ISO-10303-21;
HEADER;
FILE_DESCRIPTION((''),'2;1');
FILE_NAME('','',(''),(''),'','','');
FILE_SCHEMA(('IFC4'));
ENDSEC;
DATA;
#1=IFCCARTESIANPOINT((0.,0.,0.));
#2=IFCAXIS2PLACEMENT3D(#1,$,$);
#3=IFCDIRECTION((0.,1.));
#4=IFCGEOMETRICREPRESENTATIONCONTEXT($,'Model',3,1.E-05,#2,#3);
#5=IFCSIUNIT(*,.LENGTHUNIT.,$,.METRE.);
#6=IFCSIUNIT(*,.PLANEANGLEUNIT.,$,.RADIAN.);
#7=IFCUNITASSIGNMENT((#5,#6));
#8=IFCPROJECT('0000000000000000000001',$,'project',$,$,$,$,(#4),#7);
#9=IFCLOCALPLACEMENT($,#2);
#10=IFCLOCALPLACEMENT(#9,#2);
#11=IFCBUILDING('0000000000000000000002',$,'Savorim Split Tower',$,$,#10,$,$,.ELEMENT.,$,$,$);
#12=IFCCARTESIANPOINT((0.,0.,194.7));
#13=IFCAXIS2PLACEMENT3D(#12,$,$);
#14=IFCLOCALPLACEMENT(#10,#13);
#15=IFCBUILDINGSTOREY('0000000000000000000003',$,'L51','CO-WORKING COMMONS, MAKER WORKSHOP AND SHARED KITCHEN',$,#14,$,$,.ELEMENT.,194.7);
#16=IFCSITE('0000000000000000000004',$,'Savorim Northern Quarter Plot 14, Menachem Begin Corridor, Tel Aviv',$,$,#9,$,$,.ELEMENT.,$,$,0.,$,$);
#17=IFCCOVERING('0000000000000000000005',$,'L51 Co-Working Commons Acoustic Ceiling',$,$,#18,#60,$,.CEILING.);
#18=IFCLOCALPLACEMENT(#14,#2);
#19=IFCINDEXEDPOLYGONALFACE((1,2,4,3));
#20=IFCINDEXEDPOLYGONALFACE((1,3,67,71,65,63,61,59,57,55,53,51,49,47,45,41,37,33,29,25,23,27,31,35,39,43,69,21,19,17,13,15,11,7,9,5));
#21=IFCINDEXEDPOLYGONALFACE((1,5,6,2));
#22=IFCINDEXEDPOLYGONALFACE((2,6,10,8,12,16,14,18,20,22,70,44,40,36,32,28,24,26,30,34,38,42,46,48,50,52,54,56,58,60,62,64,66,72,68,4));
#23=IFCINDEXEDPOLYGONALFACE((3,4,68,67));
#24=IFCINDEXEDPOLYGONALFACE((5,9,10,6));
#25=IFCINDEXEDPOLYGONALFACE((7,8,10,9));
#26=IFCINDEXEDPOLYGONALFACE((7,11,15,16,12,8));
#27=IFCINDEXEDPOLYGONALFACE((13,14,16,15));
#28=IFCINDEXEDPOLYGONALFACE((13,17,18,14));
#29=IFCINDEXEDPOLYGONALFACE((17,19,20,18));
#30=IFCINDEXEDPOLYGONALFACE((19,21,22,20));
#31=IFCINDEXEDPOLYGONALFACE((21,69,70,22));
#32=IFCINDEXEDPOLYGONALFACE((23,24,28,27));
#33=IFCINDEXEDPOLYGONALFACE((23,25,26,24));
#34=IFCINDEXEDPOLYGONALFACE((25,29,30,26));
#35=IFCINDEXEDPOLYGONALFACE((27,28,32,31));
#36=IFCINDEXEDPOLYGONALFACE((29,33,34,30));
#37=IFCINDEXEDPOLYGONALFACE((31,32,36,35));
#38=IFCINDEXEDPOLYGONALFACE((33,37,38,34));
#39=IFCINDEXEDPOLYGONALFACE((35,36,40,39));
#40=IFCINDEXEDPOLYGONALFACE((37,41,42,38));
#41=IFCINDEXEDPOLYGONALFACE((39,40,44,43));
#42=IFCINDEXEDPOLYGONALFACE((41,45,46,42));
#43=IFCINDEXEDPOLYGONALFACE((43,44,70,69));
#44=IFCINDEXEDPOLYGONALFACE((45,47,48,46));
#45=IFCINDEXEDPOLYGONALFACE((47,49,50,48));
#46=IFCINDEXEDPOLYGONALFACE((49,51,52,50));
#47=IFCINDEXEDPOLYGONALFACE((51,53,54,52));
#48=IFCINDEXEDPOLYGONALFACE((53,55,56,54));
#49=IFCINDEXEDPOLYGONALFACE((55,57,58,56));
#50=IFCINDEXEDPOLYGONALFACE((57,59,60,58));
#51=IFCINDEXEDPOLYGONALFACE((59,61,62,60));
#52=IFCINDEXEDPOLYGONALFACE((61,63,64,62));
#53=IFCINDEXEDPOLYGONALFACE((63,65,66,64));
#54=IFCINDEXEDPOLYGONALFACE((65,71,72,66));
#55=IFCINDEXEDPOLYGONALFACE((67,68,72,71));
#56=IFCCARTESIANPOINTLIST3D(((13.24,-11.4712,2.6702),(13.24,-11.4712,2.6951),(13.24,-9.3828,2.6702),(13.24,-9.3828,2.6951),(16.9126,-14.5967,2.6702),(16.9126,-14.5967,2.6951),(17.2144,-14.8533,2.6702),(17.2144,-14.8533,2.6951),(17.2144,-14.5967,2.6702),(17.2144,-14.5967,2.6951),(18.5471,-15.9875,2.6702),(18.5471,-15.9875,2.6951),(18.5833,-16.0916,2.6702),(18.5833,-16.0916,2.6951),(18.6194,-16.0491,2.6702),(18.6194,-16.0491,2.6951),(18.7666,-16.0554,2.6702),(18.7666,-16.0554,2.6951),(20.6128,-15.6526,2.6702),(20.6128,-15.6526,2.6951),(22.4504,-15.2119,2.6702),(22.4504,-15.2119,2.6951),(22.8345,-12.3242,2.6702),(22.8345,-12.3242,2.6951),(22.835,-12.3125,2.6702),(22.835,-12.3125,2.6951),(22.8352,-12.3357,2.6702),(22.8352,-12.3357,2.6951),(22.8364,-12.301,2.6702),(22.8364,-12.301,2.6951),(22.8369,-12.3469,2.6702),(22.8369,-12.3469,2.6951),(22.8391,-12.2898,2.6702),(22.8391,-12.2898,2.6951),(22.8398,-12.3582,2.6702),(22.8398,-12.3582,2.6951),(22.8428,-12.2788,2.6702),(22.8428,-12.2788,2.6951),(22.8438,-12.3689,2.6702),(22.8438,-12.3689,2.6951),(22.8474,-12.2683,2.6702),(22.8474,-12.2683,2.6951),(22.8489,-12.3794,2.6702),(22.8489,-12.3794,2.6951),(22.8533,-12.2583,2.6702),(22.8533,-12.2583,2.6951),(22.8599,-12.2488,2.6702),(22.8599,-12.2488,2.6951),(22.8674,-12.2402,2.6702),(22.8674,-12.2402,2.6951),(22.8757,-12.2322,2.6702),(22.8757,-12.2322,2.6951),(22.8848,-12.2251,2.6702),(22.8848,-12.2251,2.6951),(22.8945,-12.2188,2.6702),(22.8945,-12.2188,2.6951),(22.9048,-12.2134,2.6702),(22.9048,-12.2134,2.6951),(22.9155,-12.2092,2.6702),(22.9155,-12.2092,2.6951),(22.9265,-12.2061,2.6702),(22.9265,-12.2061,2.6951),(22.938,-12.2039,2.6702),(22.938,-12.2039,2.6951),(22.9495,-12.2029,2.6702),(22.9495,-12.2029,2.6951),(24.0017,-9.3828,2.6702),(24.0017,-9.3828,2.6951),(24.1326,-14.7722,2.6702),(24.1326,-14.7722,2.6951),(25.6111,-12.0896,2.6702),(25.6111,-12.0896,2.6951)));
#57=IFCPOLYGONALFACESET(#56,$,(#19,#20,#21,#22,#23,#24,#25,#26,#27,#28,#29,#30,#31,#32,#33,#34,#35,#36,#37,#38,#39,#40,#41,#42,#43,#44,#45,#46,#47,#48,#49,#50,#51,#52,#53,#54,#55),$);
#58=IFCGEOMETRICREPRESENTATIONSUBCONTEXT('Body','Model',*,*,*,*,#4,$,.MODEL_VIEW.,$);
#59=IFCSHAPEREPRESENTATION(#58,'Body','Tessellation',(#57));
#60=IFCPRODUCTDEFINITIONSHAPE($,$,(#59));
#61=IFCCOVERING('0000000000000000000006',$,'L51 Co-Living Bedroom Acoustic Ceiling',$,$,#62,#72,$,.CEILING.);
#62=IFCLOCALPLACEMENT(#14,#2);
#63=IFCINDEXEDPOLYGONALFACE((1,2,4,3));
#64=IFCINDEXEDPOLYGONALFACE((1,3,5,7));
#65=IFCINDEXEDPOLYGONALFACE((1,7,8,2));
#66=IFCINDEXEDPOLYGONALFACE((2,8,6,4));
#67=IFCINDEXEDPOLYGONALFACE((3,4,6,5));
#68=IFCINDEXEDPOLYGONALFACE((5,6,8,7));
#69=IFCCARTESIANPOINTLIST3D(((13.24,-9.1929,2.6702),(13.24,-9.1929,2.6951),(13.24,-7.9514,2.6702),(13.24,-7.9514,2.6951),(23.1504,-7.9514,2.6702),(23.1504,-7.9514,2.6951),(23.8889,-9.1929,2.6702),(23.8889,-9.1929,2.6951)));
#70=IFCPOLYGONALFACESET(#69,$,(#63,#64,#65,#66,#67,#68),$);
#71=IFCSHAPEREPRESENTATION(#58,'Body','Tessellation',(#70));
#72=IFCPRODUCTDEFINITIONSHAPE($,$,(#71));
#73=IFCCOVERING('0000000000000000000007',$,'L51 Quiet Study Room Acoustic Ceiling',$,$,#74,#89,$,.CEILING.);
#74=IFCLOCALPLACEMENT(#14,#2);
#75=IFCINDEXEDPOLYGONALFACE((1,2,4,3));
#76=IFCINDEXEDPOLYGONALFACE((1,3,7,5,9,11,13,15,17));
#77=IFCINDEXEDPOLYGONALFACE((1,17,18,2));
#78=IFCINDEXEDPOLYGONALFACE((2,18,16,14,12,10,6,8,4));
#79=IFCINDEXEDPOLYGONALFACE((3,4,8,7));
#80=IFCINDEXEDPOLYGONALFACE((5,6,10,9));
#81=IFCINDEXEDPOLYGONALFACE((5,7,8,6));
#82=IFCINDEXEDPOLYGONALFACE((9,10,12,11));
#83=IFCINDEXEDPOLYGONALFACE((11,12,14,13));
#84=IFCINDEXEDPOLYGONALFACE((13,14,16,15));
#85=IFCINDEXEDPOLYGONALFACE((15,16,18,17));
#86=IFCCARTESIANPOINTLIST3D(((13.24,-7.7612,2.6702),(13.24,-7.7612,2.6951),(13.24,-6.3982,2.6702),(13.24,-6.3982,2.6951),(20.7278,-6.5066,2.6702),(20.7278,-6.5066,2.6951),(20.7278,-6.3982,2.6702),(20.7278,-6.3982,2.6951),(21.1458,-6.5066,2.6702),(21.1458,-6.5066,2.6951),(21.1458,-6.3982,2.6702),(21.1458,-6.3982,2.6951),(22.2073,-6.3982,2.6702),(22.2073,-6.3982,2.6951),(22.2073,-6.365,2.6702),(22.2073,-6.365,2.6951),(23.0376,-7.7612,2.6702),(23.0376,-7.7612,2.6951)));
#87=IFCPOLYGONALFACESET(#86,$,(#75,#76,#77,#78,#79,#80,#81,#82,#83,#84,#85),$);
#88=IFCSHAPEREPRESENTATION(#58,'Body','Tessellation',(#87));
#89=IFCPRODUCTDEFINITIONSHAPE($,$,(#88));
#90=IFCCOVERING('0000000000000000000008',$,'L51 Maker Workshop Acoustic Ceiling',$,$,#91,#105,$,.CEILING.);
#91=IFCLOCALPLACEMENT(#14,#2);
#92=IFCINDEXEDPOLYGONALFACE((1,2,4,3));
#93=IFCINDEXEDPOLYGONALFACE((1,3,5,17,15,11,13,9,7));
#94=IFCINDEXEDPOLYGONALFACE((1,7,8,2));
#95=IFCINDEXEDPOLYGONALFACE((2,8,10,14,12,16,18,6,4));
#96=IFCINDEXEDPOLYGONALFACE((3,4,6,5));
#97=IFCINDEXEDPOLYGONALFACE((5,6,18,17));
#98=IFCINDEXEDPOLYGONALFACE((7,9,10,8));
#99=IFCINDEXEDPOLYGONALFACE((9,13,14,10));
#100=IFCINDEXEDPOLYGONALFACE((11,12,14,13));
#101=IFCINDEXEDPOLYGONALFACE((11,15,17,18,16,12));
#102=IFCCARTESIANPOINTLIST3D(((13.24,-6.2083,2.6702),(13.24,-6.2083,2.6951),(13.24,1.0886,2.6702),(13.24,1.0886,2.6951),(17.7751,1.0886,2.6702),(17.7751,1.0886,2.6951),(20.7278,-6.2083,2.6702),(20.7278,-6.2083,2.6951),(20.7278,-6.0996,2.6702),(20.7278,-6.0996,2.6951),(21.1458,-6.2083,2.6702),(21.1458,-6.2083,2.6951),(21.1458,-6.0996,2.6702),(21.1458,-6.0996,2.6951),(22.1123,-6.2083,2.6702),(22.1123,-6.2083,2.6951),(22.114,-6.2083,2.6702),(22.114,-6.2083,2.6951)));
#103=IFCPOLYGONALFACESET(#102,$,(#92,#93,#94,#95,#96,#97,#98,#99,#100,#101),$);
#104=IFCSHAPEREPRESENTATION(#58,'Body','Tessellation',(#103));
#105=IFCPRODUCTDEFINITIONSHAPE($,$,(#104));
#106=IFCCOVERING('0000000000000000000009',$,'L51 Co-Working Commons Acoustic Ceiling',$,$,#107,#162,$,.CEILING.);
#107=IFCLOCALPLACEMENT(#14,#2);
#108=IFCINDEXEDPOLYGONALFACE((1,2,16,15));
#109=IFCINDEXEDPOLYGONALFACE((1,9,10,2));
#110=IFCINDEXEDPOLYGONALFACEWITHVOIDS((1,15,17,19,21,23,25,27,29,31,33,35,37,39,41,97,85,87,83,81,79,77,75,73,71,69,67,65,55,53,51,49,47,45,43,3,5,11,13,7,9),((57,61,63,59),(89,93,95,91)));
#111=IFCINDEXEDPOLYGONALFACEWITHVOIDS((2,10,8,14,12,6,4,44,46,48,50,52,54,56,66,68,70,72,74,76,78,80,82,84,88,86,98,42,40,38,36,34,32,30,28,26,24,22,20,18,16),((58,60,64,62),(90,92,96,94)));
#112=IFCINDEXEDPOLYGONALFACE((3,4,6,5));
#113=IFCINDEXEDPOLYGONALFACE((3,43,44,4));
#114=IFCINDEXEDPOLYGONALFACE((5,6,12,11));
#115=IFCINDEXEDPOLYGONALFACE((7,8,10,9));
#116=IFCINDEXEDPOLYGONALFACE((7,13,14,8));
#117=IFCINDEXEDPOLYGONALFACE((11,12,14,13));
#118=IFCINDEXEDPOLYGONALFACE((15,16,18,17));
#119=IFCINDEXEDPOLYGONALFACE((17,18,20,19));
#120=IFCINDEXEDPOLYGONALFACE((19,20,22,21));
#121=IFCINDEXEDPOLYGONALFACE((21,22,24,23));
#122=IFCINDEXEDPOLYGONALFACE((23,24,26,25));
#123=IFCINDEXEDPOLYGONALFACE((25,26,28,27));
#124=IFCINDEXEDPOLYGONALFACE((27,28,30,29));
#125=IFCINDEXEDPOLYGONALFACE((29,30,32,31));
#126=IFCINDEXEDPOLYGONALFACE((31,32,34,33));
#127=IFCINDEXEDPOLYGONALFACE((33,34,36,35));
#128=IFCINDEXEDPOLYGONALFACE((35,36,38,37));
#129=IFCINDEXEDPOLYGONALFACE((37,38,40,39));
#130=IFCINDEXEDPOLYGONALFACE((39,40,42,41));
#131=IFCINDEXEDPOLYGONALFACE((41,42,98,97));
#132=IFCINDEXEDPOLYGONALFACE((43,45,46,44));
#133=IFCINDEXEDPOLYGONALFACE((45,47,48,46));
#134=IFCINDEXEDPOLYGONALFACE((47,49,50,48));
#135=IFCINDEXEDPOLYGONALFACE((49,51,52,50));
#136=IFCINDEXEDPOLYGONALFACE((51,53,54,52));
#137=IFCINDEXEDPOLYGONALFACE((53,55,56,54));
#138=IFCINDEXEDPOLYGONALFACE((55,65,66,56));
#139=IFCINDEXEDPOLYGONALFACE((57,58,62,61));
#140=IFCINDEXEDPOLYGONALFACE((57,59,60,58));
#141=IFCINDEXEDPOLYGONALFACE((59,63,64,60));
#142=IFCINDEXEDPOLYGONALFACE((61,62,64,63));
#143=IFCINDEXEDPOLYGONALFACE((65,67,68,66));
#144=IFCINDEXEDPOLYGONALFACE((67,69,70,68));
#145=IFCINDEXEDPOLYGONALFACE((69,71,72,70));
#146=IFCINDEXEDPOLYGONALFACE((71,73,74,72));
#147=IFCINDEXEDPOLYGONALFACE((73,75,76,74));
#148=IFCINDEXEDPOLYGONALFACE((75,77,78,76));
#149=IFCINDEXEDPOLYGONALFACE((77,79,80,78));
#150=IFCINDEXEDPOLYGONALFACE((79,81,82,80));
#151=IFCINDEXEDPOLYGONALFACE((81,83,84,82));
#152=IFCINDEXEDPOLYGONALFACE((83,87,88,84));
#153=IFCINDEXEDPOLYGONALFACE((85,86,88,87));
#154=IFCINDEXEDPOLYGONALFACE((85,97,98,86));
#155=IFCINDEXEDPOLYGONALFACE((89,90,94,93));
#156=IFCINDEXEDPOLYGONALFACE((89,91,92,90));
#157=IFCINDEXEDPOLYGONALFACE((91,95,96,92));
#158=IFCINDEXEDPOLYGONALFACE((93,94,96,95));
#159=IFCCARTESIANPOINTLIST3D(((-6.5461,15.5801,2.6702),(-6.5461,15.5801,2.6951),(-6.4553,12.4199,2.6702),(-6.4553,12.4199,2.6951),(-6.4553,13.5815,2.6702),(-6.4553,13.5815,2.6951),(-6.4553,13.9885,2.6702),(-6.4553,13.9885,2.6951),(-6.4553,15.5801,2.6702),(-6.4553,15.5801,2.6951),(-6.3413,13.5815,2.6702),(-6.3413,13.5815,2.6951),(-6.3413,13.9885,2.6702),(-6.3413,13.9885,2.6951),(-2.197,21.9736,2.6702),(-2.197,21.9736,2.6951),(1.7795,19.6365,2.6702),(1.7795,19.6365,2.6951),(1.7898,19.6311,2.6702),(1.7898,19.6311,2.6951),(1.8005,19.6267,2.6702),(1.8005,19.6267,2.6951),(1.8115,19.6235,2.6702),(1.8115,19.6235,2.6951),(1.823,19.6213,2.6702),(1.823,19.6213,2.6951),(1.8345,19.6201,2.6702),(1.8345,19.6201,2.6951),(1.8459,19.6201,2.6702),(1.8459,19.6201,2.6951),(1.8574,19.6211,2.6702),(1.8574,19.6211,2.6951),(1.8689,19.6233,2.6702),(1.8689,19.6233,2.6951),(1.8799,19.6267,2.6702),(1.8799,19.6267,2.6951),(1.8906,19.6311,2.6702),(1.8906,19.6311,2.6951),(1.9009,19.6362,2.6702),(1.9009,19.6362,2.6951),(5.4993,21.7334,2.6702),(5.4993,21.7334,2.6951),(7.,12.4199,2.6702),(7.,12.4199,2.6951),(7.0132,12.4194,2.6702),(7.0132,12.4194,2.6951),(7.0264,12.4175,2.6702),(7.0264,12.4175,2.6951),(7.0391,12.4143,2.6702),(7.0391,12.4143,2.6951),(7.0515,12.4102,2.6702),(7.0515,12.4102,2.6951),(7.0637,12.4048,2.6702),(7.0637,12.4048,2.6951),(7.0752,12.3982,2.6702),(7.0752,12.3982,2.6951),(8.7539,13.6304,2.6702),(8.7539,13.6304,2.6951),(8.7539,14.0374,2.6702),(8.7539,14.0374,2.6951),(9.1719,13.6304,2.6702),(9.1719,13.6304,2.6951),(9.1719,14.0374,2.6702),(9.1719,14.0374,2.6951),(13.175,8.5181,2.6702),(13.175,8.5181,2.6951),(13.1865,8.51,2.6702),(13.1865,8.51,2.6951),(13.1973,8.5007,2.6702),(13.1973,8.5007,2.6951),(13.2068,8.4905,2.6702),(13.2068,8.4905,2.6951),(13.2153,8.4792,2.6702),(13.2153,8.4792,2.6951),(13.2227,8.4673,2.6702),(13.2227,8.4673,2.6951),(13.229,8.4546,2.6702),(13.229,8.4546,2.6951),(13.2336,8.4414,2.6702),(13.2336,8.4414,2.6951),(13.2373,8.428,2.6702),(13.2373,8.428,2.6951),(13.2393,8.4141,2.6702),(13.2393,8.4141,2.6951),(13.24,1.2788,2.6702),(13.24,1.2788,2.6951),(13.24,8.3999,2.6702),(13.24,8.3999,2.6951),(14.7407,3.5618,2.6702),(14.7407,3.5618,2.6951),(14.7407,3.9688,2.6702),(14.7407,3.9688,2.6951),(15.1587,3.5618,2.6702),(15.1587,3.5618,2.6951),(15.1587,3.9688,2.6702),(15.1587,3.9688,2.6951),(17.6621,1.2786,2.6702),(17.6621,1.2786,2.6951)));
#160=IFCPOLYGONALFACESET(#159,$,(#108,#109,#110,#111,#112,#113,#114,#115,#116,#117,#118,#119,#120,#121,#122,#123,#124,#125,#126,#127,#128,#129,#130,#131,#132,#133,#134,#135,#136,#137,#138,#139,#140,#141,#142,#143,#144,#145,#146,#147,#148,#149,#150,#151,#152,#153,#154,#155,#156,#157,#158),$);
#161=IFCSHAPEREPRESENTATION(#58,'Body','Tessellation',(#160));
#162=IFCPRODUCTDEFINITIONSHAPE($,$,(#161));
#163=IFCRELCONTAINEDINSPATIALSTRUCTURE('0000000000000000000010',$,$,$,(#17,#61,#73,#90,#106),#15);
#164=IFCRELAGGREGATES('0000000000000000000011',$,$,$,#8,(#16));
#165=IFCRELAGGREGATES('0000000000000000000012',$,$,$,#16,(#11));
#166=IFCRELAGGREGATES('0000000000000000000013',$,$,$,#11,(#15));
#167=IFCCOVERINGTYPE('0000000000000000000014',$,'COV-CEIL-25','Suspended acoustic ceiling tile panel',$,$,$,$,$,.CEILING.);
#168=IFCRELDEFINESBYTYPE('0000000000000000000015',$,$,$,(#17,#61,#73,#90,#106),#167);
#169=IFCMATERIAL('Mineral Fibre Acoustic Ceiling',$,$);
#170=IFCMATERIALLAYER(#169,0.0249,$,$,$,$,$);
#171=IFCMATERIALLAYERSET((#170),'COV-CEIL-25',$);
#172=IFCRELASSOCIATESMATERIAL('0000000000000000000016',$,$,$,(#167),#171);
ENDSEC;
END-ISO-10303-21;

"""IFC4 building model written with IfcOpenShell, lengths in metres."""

from ifc_helpers import new_model, si_unit, direction, frame, origin, place, context, subcontext, project, spatial, polyline, outline, extrude, material, layer, layer_set, type_object, element, save


model = new_model("IFC4")

# Units and contexts
model_context = context("Model", 3, precision=1e-05, world=origin(), true_north=direction((0.0, 1.0)))
body_context = subcontext(model_context, "Body", "Model", "MODEL_VIEW")
ifc_project = project(units=[si_unit("LENGTHUNIT", "METRE"), si_unit("PLANEANGLEUNIT", "RADIAN")], contexts=[model_context])

# Site, building, storey
site_placement = place(None, origin())
site = spatial("IfcSite", under=ifc_project, at=site_placement, Name="Savorim Northern Quarter Plot 14, Menachem Begin Corridor, Tel Aviv", CompositionType="ELEMENT", RefElevation=0.0)
building_placement = place(site_placement, origin())
building = spatial("IfcBuilding", under=site, at=building_placement, Name="Savorim Split Tower", CompositionType="ELEMENT")
storey_placement = place(building_placement, frame((0.0, 0.0, 194.7)))
storey = spatial("IfcBuildingStorey", under=building, at=storey_placement, Name="L51", Description="CO-WORKING COMMONS, MAKER WORKSHOP AND SHARED KITCHEN", CompositionType="ELEMENT", Elevation=194.7)

# Coverings
ifc_material_1 = material(Name="Mineral Fibre Acoustic Ceiling")
ifc_layer_1 = layer(ifc_material_1, 0.0249)
ifc_layer_set_1 = layer_set([ifc_layer_1], Name="COV-CEIL-25")
covering_type_1 = type_object("IfcCoveringType", Name="COV-CEIL-25", Description="Suspended acoustic ceiling tile panel", PredefinedType="CEILING", material=ifc_layer_set_1)
covering_1_placement = place(storey_placement, frame((0.0, 0.0, 2.6702)))
element("IfcCovering", 1, at=covering_1_placement, inside=storey, type_object=covering_type_1, Name="L51 Co-Working Commons Acoustic Ceiling", PredefinedType="CEILING", context=body_context, shape_type="SweptSolid", body=[
    extrude(outline(polyline([(22.9265, -12.2061), (22.938, -12.2039), (22.9495, -12.2029), (25.6111, -12.0896), (24.0017, -9.3828), (13.24, -9.3828), (13.24, -11.4712), (16.9126, -14.5967), (17.2144, -14.5967), (17.2144, -14.8533), (18.5471, -15.9875), (18.6194, -16.0491), (18.5833, -16.0916), (18.7666, -16.0554), (20.6128, -15.6526), (22.4504, -15.2119), (24.1326, -14.7722), (22.8489, -12.3794), (22.8438, -12.3689), (22.8398, -12.3582), (22.8369, -12.3469), (22.8352, -12.3357), (22.8345, -12.3242), (22.835, -12.3125), (22.8364, -12.301), (22.8391, -12.2898), (22.8428, -12.2788), (22.8474, -12.2683), (22.8533, -12.2583), (22.8599, -12.2488), (22.8674, -12.2402), (22.8757, -12.2322), (22.8848, -12.2251), (22.8945, -12.2188), (22.9048, -12.2134), (22.9155, -12.2092), (22.9265, -12.2061)])), origin(), (0.0, 0.0, 1.0), 0.0249),
])
covering_2_placement = place(storey_placement, frame((0.0, 0.0, 2.6702)))
element("IfcCovering", 2, at=covering_2_placement, inside=storey, type_object=covering_type_1, Name="L51 Co-Living Bedroom Acoustic Ceiling", PredefinedType="CEILING", context=body_context, shape_type="SweptSolid", body=[
    extrude(outline(polyline([(23.8889, -9.1929), (23.1504, -7.9514), (13.24, -7.9514), (13.24, -9.1929), (23.8889, -9.1929)])), origin(), (0.0, 0.0, 1.0), 0.0249),
])
covering_3_placement = place(storey_placement, frame((0.0, 0.0, 2.6702)))
element("IfcCovering", 3, at=covering_3_placement, inside=storey, type_object=covering_type_1, Name="L51 Quiet Study Room Acoustic Ceiling", PredefinedType="CEILING", context=body_context, shape_type="SweptSolid", body=[
    extrude(outline(polyline([(20.7278, -6.5066), (20.7278, -6.3982), (13.24, -6.3982), (13.24, -7.7612), (23.0376, -7.7612), (22.2073, -6.365), (22.2073, -6.3982), (21.1458, -6.3982), (21.1458, -6.5066), (20.7278, -6.5066)])), origin(), (0.0, 0.0, 1.0), 0.0249),
])
covering_4_placement = place(storey_placement, frame((0.0, 0.0, 2.6702)))
element("IfcCovering", 4, at=covering_4_placement, inside=storey, type_object=covering_type_1, Name="L51 Maker Workshop Acoustic Ceiling", PredefinedType="CEILING", context=body_context, shape_type="SweptSolid", body=[
    extrude(outline(polyline([(21.1458, -6.2083), (22.1123, -6.2083), (22.114, -6.2083), (17.7751, 1.0886), (13.24, 1.0886), (13.24, -6.2083), (20.7278, -6.2083), (20.7278, -6.0996), (21.1458, -6.0996), (21.1458, -6.2083)])), origin(), (0.0, 0.0, 1.0), 0.0249),
])
covering_5_placement = place(storey_placement, frame((0.0, 0.0, 2.6702)))
element("IfcCovering", 5, at=covering_5_placement, inside=storey, type_object=covering_type_1, Name="L51 Co-Working Commons Acoustic Ceiling", PredefinedType="CEILING", context=body_context, shape_type="SweptSolid", body=[
    extrude(outline(polyline([(1.8005, 19.6267), (1.7898, 19.6311), (1.7795, 19.6365), (-2.197, 21.9736), (-6.5461, 15.5801), (-6.4553, 15.5801), (-6.4553, 13.9885), (-6.3413, 13.9885), (-6.3413, 13.5815), (-6.4553, 13.5815), (-6.4553, 12.4199), (7.0, 12.4199), (7.0132, 12.4194), (7.0264, 12.4175), (7.0391, 12.4143), (7.0515, 12.4102), (7.0637, 12.4048), (7.0752, 12.3982), (13.175, 8.5181), (13.1865, 8.51), (13.1973, 8.5007), (13.2068, 8.4905), (13.2153, 8.4792), (13.2227, 8.4673), (13.229, 8.4546), (13.2336, 8.4414), (13.2373, 8.428), (13.2393, 8.4141), (13.24, 8.3999), (13.24, 1.2788), (17.6621, 1.2786), (5.4993, 21.7334), (1.9009, 19.6362), (1.8906, 19.6311), (1.8799, 19.6267), (1.8689, 19.6233), (1.8574, 19.6211), (1.8459, 19.6201), (1.8345, 19.6201), (1.823, 19.6213), (1.8115, 19.6235), (1.8005, 19.6267)]), holes=[polyline([(15.1587, 3.5618), (15.1587, 3.9688), (14.7407, 3.9688), (14.7407, 3.5618), (15.1587, 3.5618)]), polyline([(9.1719, 14.0374), (8.7539, 14.0374), (8.7539, 13.6304), (9.1719, 13.6304), (9.1719, 14.0374)])]), origin(), (0.0, 0.0, 1.0), 0.0249),
])

save(model, "model.ifc")
